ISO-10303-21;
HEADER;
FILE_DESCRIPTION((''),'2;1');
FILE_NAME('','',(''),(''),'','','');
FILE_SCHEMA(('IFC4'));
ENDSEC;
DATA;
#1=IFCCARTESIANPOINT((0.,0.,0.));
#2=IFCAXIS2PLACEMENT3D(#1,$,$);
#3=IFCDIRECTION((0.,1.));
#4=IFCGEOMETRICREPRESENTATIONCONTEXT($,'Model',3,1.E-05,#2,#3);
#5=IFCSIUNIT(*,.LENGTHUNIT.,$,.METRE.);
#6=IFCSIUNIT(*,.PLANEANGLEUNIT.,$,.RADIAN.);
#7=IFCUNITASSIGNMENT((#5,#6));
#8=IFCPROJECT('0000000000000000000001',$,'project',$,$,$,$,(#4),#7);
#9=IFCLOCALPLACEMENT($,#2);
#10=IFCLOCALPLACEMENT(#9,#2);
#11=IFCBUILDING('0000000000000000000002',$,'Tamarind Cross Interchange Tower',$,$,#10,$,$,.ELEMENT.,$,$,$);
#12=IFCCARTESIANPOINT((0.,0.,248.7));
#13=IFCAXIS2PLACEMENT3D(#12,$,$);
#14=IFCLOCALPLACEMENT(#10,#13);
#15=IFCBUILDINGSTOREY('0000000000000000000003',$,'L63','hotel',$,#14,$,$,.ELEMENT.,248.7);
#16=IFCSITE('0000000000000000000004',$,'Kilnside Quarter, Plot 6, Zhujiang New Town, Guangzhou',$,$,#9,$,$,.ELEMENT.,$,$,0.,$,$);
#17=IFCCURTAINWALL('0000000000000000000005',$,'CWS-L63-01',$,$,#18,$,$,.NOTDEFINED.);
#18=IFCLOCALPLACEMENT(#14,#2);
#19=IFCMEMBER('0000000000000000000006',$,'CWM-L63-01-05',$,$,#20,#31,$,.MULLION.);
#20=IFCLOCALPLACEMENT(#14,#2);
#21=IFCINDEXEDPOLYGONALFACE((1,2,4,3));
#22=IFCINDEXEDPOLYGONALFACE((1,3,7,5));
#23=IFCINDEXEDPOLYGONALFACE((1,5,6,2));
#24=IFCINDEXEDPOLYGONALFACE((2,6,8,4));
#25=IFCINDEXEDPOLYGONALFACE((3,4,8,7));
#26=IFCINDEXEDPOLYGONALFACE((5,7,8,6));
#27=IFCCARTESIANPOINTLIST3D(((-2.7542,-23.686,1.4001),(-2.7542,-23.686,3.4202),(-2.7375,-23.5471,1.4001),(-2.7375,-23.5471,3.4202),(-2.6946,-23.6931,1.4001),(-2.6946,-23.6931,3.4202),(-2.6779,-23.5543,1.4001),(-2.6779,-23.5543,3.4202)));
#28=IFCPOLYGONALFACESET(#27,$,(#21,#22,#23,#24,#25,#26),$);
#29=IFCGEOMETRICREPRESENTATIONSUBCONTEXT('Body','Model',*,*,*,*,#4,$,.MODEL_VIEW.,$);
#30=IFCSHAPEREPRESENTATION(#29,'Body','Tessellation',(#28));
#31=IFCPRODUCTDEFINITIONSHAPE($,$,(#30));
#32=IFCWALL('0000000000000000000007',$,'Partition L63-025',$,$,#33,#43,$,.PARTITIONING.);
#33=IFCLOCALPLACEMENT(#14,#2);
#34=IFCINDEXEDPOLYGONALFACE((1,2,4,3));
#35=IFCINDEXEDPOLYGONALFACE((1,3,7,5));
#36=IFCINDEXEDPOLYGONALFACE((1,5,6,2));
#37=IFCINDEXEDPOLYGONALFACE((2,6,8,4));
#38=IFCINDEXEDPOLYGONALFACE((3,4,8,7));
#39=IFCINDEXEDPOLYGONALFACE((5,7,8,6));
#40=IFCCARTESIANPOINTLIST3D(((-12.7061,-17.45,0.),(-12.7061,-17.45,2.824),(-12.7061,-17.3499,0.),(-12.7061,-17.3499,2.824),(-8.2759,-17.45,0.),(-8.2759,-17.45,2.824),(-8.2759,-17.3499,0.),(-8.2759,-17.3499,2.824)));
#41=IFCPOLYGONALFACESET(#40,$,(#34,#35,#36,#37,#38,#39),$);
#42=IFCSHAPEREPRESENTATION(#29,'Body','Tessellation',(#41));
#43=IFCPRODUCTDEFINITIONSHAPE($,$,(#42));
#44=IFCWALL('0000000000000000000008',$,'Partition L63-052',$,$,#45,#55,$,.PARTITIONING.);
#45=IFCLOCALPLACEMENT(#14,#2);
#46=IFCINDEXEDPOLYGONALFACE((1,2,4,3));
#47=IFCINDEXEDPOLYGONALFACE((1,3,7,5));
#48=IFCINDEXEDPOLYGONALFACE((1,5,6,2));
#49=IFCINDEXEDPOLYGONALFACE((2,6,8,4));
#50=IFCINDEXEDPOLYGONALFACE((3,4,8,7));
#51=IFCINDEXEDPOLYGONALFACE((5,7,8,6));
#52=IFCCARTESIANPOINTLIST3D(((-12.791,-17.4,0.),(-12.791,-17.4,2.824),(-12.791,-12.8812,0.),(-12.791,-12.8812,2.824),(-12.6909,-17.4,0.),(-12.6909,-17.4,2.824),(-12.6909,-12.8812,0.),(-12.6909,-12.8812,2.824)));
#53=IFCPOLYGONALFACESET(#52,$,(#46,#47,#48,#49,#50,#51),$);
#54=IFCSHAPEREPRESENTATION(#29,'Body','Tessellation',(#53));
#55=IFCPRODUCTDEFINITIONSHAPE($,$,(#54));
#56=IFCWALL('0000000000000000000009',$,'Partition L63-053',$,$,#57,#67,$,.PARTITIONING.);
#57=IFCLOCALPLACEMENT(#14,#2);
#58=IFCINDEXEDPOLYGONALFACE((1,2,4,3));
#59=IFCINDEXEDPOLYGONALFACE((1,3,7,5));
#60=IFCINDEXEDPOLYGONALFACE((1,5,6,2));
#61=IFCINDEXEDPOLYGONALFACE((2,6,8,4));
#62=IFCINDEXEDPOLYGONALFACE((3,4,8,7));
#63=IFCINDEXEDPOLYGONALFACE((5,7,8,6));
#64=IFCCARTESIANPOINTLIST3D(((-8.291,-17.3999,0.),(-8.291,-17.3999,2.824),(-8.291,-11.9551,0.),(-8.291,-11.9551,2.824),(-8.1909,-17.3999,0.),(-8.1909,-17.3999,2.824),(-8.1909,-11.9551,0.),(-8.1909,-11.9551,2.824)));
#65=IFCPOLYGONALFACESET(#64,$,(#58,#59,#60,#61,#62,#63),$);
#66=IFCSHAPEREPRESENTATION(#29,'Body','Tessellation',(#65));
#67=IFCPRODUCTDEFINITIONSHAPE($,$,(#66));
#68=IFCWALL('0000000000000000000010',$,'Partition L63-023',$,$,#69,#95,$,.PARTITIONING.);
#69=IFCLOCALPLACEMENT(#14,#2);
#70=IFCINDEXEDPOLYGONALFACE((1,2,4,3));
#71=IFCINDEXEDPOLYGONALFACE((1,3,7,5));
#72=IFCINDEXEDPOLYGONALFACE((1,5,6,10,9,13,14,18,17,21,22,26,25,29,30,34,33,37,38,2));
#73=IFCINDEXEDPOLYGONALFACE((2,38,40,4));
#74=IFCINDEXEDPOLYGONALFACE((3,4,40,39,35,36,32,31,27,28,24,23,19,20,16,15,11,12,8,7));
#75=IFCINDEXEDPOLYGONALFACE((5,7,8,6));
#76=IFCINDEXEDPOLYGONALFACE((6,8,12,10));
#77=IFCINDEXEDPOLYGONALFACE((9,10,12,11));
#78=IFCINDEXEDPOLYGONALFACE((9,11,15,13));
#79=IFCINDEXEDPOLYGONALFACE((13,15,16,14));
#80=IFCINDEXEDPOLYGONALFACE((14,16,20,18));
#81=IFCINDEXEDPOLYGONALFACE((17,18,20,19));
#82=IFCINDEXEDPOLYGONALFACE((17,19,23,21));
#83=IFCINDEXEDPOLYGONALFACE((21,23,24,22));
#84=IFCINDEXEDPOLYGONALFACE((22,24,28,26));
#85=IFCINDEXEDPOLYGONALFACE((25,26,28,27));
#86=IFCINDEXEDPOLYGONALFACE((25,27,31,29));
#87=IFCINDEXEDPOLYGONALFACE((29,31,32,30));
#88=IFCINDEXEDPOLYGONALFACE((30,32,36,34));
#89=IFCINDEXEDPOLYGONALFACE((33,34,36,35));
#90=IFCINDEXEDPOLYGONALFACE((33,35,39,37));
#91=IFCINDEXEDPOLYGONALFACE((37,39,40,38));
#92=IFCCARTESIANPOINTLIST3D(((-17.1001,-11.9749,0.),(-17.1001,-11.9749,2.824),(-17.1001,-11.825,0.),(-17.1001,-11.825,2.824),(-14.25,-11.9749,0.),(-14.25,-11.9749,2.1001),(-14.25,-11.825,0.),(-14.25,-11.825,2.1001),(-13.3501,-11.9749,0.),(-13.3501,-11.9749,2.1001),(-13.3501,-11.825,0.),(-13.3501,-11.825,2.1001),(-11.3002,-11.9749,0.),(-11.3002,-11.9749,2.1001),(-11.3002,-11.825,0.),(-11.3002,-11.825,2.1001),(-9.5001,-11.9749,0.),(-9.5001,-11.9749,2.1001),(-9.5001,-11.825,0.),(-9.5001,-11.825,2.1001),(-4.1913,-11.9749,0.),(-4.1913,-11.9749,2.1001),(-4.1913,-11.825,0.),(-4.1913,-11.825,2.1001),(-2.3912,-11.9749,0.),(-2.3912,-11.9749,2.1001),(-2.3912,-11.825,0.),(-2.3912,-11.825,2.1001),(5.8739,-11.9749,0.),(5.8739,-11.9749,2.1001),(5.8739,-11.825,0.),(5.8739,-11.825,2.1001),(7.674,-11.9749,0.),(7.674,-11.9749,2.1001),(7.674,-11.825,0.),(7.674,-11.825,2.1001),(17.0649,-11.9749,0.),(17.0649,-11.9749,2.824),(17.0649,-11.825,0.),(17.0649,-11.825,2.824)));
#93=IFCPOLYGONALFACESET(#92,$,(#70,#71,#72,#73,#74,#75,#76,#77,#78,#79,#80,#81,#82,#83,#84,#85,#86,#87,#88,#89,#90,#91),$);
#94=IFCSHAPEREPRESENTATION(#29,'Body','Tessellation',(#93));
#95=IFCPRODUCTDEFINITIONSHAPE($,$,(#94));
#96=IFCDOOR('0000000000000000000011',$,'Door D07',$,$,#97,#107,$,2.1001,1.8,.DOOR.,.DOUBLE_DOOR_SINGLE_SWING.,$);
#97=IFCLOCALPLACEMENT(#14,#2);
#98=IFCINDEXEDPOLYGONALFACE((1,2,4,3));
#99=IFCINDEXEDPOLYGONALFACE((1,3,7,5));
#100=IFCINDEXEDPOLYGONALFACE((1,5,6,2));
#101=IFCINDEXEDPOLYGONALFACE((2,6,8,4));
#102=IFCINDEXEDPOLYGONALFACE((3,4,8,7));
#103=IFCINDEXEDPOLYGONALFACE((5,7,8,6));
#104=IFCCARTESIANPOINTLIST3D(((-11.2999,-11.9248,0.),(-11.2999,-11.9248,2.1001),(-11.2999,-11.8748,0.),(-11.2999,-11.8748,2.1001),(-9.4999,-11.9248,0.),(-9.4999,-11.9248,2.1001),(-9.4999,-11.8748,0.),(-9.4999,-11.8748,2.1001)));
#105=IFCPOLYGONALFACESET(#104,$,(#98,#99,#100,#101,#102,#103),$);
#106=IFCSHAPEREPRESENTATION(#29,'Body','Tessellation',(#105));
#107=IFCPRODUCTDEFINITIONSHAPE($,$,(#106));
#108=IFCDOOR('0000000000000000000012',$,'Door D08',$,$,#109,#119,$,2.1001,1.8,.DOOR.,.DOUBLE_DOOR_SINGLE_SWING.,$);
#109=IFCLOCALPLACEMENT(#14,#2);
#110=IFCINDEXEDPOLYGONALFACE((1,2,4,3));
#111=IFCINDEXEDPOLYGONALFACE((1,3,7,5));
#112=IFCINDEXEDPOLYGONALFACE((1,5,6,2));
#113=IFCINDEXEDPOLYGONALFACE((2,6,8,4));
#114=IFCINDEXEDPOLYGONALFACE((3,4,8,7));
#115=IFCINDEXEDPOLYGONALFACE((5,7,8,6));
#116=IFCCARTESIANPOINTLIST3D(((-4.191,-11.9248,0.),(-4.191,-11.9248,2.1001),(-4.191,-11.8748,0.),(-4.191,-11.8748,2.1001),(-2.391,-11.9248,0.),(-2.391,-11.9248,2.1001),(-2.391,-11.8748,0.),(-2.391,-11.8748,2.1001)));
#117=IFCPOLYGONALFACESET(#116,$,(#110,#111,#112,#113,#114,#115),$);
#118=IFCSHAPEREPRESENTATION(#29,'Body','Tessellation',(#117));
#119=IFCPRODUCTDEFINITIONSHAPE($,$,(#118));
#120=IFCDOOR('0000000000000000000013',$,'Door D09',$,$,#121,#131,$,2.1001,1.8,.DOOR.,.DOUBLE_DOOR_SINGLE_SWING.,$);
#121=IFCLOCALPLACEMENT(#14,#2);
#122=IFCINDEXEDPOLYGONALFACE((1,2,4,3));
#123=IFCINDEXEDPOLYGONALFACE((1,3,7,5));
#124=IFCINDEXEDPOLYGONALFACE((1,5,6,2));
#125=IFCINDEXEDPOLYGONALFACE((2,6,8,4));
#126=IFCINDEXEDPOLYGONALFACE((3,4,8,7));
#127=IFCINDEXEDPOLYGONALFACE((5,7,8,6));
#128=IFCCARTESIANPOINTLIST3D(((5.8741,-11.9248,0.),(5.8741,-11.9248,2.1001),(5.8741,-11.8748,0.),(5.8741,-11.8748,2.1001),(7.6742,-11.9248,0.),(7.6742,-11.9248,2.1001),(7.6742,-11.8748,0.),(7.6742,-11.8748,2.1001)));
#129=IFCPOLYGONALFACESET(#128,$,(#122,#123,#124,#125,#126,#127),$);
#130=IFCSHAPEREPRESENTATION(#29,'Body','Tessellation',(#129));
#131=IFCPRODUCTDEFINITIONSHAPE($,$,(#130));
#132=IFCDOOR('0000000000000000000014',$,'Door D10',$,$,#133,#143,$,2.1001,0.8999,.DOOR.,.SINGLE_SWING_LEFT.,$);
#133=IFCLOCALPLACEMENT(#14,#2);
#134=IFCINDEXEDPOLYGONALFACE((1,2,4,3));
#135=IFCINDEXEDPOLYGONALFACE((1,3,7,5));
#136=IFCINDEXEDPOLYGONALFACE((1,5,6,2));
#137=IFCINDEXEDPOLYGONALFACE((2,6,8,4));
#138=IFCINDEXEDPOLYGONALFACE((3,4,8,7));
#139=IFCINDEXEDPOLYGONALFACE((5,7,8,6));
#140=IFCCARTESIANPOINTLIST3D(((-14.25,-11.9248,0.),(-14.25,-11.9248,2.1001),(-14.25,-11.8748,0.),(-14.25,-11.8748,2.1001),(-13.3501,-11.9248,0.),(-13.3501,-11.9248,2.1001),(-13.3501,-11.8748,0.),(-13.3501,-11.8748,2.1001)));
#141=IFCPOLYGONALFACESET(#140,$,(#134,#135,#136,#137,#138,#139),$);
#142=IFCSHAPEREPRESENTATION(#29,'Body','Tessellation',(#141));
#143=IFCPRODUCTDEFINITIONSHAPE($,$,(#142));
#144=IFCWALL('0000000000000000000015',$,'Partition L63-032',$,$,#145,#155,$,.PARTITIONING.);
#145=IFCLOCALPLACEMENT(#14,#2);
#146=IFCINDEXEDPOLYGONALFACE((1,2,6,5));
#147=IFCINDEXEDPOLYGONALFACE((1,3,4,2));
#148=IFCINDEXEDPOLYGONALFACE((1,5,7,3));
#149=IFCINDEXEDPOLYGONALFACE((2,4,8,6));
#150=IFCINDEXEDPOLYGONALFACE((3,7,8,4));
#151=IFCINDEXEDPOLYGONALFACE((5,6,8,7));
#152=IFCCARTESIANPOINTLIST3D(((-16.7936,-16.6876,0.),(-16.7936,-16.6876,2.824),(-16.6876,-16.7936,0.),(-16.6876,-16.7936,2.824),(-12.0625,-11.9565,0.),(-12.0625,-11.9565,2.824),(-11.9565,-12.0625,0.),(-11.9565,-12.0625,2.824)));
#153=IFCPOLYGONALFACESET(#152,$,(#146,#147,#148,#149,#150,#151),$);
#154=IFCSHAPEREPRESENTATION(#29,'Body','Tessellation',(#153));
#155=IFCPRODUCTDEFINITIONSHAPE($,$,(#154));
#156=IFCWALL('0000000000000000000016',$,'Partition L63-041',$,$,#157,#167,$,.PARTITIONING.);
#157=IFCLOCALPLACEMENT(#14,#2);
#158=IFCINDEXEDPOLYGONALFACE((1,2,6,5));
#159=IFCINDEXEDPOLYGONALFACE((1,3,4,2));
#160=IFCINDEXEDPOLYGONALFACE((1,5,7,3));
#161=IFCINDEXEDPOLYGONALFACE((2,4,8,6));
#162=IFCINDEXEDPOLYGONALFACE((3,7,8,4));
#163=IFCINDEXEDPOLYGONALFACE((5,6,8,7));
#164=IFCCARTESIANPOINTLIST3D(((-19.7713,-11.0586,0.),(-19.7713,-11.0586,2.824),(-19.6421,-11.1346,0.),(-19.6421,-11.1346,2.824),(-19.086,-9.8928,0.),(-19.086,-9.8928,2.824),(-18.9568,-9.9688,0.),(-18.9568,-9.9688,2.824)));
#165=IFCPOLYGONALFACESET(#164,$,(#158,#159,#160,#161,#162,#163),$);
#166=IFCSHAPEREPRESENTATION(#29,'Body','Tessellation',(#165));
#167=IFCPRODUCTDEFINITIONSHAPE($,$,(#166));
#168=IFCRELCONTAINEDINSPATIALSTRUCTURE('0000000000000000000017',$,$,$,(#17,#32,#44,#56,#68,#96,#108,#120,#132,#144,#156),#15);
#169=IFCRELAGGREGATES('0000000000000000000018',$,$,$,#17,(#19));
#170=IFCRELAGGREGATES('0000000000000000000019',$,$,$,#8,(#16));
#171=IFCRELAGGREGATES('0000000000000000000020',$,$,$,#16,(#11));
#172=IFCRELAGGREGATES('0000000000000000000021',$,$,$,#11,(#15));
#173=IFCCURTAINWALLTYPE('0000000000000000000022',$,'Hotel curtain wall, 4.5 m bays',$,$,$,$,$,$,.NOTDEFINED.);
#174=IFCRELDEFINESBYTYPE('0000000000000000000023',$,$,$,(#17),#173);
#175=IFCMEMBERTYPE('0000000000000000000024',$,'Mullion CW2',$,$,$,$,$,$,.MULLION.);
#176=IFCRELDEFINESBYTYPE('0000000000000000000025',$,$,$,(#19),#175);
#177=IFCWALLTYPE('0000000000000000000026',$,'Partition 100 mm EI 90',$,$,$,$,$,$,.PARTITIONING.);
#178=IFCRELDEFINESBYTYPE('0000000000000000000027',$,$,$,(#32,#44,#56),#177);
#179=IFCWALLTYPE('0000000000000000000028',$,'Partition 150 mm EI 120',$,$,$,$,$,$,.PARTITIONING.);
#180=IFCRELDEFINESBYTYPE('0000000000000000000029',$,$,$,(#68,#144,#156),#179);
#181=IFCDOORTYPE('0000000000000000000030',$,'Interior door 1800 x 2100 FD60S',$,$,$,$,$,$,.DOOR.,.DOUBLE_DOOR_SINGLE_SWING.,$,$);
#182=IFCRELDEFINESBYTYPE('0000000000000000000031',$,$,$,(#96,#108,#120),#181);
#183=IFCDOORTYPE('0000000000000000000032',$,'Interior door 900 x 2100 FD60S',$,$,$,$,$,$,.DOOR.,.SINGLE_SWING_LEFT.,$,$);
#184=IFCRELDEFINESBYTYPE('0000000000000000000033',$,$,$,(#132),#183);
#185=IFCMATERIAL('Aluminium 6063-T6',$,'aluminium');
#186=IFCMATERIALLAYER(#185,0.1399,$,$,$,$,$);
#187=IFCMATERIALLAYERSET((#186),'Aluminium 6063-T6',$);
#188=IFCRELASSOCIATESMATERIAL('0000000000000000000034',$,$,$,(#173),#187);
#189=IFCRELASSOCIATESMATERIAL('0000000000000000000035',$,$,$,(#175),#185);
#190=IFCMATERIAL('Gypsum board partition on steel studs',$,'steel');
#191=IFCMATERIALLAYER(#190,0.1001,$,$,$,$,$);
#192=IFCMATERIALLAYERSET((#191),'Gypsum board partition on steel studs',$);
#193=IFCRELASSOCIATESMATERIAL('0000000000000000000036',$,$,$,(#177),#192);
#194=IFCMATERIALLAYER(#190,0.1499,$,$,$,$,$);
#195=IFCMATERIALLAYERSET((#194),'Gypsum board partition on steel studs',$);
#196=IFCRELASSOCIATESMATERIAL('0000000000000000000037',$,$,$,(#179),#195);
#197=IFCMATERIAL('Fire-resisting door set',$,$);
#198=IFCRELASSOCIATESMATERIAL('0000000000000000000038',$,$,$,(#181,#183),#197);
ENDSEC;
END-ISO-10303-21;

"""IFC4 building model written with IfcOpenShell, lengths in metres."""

from ifc_helpers import new_model, si_unit, direction, frame, frame_2d, origin, origin_2d, place, context, subcontext, project, spatial, rectangle, extrude, material, layer, layer_set, material_profile, profile_set, type_object, element, fill, aggregate, save


model = new_model("IFC4")

# Units and contexts
model_context = context("Model", 3, precision=1e-05, world=origin(), true_north=direction((0.0, 1.0)))
body_context = subcontext(model_context, "Body", "Model", "MODEL_VIEW")
ifc_project = project(units=[si_unit("LENGTHUNIT", "METRE"), si_unit("PLANEANGLEUNIT", "RADIAN")], contexts=[model_context])

# Site, building, storey
site_placement = place(None, origin())
site = spatial("IfcSite", under=ifc_project, at=site_placement, Name="Kilnside Quarter, Plot 6, Zhujiang New Town, Guangzhou", CompositionType="ELEMENT", RefElevation=0.0)
building_placement = place(site_placement, origin())
building = spatial("IfcBuilding", under=site, at=building_placement, Name="Tamarind Cross Interchange Tower", CompositionType="ELEMENT")
storey_placement = place(building_placement, frame((0.0, 0.0, 248.7)))
storey = spatial("IfcBuildingStorey", under=building, at=storey_placement, Name="L63", Description="hotel", CompositionType="ELEMENT", Elevation=248.7)

# Curtain wall, member
ifc_material_1 = material(Name="Aluminium 6063-T6", Category="aluminium")
ifc_layer_1 = layer(ifc_material_1, 0.1399)
ifc_layer_set_1 = layer_set([ifc_layer_1], Name="Aluminium 6063-T6")
curtain_wall_type = type_object("IfcCurtainWallType", Name="Hotel curtain wall, 4.5 m bays", PredefinedType="NOTDEFINED", material=ifc_layer_set_1)
curtain_wall_placement = place(storey_placement, origin())
curtain_wall = element("IfcCurtainWall", 1, at=curtain_wall_placement, inside=storey, type_object=curtain_wall_type, Name="CWS-L63-01", PredefinedType="NOTDEFINED")
ifc_material_profile_1 = material_profile(ifc_material_1, rectangle(XDim=0.0601, YDim=0.1399, at=origin_2d()), Name="Mullion CW2")
ifc_profile_set_1 = profile_set([ifc_material_profile_1], Name="Aluminium 6063-T6")
member_type = type_object("IfcMemberType", Name="Mullion CW2", PredefinedType="MULLION", material=ifc_profile_set_1)
member_1_placement = place(storey_placement, frame((-2.7161, -23.6201, 1.4001), z_axis=(0.0, 0.0, 1.0), x_axis=(0.992844, -0.119421, 0.0)))
member_1 = element("IfcMember", 2, at=member_1_placement, type_object=member_type, Name="CWM-L63-01-05", PredefinedType="MULLION", context=body_context, shape_type="SweptSolid", body=[
    extrude(rectangle(XDim=0.0601, YDim=0.1399, at=origin_2d()), origin(), (0.0, 0.0, 1.0), 2.02),
])
aggregate(curtain_wall, [member_1])

# Walls
ifc_material_2 = material(Name="Gypsum board partition on steel studs", Category="steel")
ifc_layer_2 = layer(ifc_material_2, 0.1001)
ifc_layer_set_2 = layer_set([ifc_layer_2], Name="Gypsum board partition on steel studs")
wall_type_1 = type_object("IfcWallType", Name="Partition 100 mm EI 90", PredefinedType="PARTITIONING", material=ifc_layer_set_2)
wall_1_placement = place(storey_placement, frame((-12.7061, -17.3999, 0.0), z_axis=(0.0, 0.0, 1.0), x_axis=(1.0, 0.0, 0.0)))
element("IfcWall", 3, at=wall_1_placement, inside=storey, type_object=wall_type_1, Name="Partition L63-025", PredefinedType="PARTITIONING", context=body_context, shape_type="SweptSolid", body=[
    extrude(rectangle(XDim=4.4302, YDim=0.1001, at=frame_2d((2.2151, 0.0))), origin(), (0.0, 0.0, 1.0), 2.824),
])
wall_2_placement = place(storey_placement, frame((-12.741, -17.3999, 0.0), z_axis=(0.0, 0.0, 1.0), x_axis=(0.0, 1.0, 0.0)))
element("IfcWall", 4, at=wall_2_placement, inside=storey, type_object=wall_type_1, Name="Partition L63-052", PredefinedType="PARTITIONING", context=body_context, shape_type="SweptSolid", body=[
    extrude(rectangle(XDim=4.5188, YDim=0.1001, at=frame_2d((2.2593, 0.0))), origin(), (0.0, 0.0, 1.0), 2.824),
])
wall_3_placement = place(storey_placement, frame((-8.241, -17.3999, 0.0), z_axis=(0.0, 0.0, 1.0), x_axis=(0.0, 1.0, 0.0)))
element("IfcWall", 5, at=wall_3_placement, inside=storey, type_object=wall_type_1, Name="Partition L63-053", PredefinedType="PARTITIONING", context=body_context, shape_type="SweptSolid", body=[
    extrude(rectangle(XDim=5.4448, YDim=0.1001, at=frame_2d((2.7224, 0.0))), origin(), (0.0, 0.0, 1.0), 2.824),
])

# Wall, openings, doors
ifc_layer_3 = layer(ifc_material_2, 0.1499)
ifc_layer_set_3 = layer_set([ifc_layer_3], Name="Gypsum board partition on steel studs")
wall_type_2 = type_object("IfcWallType", Name="Partition 150 mm EI 120", PredefinedType="PARTITIONING", material=ifc_layer_set_3)
wall_4_placement = place(storey_placement, frame((-17.1001, -11.8999, 0.0), z_axis=(0.0, 0.0, 1.0), x_axis=(1.0, 0.0, 0.0)))
wall_4 = element("IfcWall", 6, at=wall_4_placement, inside=storey, type_object=wall_type_2, Name="Partition L63-023", PredefinedType="PARTITIONING", context=body_context, shape_type="SweptSolid", body=[
    extrude(rectangle(XDim=34.165, YDim=0.1499, at=frame_2d((17.0825, 0.0))), origin(), (0.0, 0.0, 1.0), 2.824),
])
opening_1_placement = place(wall_4_placement, frame((5.8, 0.0, 0.0)))
opening_1 = element("IfcOpeningElement", 7, at=opening_1_placement, cuts=wall_4, PredefinedType="OPENING", context=body_context, shape_type="SweptSolid", body=[
    extrude(rectangle(XDim=1.8, YDim=2.1001, at=frame_2d((0.8999, 1.05))), frame((0.0, 0.085, 0.0), z_axis=(0.0, -1.0, 0.0), x_axis=(1.0, 0.0, 0.0)), (0.0, 0.0, 1.0), 0.1699),
])
opening_2_placement = place(wall_4_placement, frame((12.9089, 0.0, 0.0)))
opening_2 = element("IfcOpeningElement", 8, at=opening_2_placement, cuts=wall_4, PredefinedType="OPENING", context=body_context, shape_type="SweptSolid", body=[
    extrude(rectangle(XDim=1.8, YDim=2.1001, at=frame_2d((0.8999, 1.05))), frame((0.0, 0.085, 0.0), z_axis=(0.0, -1.0, 0.0), x_axis=(1.0, 0.0, 0.0)), (0.0, 0.0, 1.0), 0.1699),
])
opening_3_placement = place(wall_4_placement, frame((22.9741, 0.0, 0.0)))
opening_3 = element("IfcOpeningElement", 9, at=opening_3_placement, cuts=wall_4, PredefinedType="OPENING", context=body_context, shape_type="SweptSolid", body=[
    extrude(rectangle(XDim=1.8, YDim=2.1001, at=frame_2d((0.8999, 1.05))), frame((0.0, 0.085, 0.0), z_axis=(0.0, -1.0, 0.0), x_axis=(1.0, 0.0, 0.0)), (0.0, 0.0, 1.0), 0.1699),
])
opening_4_placement = place(wall_4_placement, frame((2.8501, 0.0, 0.0)))
opening_4 = element("IfcOpeningElement", 10, at=opening_4_placement, cuts=wall_4, PredefinedType="OPENING", context=body_context, shape_type="SweptSolid", body=[
    extrude(rectangle(XDim=0.8999, YDim=2.1001, at=frame_2d((0.45, 1.05))), frame((0.0, 0.085, 0.0), z_axis=(0.0, -1.0, 0.0), x_axis=(1.0, 0.0, 0.0)), (0.0, 0.0, 1.0), 0.1699),
])
ifc_material_3 = material(Name="Fire-resisting door set")
door_type_1 = type_object("IfcDoorType", Name="Interior door 1800 x 2100 FD60S", OperationType="DOUBLE_DOOR_SINGLE_SWING", PredefinedType="DOOR", material=ifc_material_3)
door_1_placement = place(opening_1_placement, frame((1.8, 0.0, 0.0), z_axis=(0.0, 0.0, 1.0), x_axis=(-1.0, 0.0, 0.0)))
door_1 = element("IfcDoor", 11, at=door_1_placement, inside=storey, type_object=door_type_1, Name="Door D07", OperationType="DOUBLE_DOOR_SINGLE_SWING", OverallHeight=2.1001, OverallWidth=1.8, PredefinedType="DOOR", context=body_context, shape_type="SweptSolid", body=[
    extrude(rectangle(XDim=1.8, YDim=2.1001, at=frame_2d((0.8999, 1.05))), frame((0.0, 0.0249, 0.0), z_axis=(0.0, -1.0, 0.0), x_axis=(1.0, 0.0, 0.0)), (0.0, 0.0, 1.0), 0.05),
])
fill(opening_1, door_1)
door_2_placement = place(opening_2_placement, frame((1.8, 0.0, 0.0), z_axis=(0.0, 0.0, 1.0), x_axis=(-1.0, 0.0, 0.0)))
door_2 = element("IfcDoor", 12, at=door_2_placement, inside=storey, type_object=door_type_1, Name="Door D08", OperationType="DOUBLE_DOOR_SINGLE_SWING", OverallHeight=2.1001, OverallWidth=1.8, PredefinedType="DOOR", context=body_context, shape_type="SweptSolid", body=[
    extrude(rectangle(XDim=1.8, YDim=2.1001, at=frame_2d((0.8999, 1.05))), frame((0.0, 0.0249, 0.0), z_axis=(0.0, -1.0, 0.0), x_axis=(1.0, 0.0, 0.0)), (0.0, 0.0, 1.0), 0.05),
])
fill(opening_2, door_2)
door_3_placement = place(opening_3_placement, frame((1.8, 0.0, 0.0), z_axis=(0.0, 0.0, 1.0), x_axis=(-1.0, 0.0, 0.0)))
door_3 = element("IfcDoor", 13, at=door_3_placement, inside=storey, type_object=door_type_1, Name="Door D09", OperationType="DOUBLE_DOOR_SINGLE_SWING", OverallHeight=2.1001, OverallWidth=1.8, PredefinedType="DOOR", context=body_context, shape_type="SweptSolid", body=[
    extrude(rectangle(XDim=1.8, YDim=2.1001, at=frame_2d((0.8999, 1.05))), frame((0.0, 0.0249, 0.0), z_axis=(0.0, -1.0, 0.0), x_axis=(1.0, 0.0, 0.0)), (0.0, 0.0, 1.0), 0.05),
])
fill(opening_3, door_3)
door_type_2 = type_object("IfcDoorType", Name="Interior door 900 x 2100 FD60S", OperationType="SINGLE_SWING_LEFT", PredefinedType="DOOR", material=ifc_material_3)
door_4_placement = place(opening_4_placement, frame((0.8999, 0.0, 0.0), z_axis=(0.0, 0.0, 1.0), x_axis=(-1.0, 0.0, 0.0)))
door_4 = element("IfcDoor", 14, at=door_4_placement, inside=storey, type_object=door_type_2, Name="Door D10", OperationType="SINGLE_SWING_LEFT", OverallHeight=2.1001, OverallWidth=0.8999, PredefinedType="DOOR", context=body_context, shape_type="SweptSolid", body=[
    extrude(rectangle(XDim=0.8999, YDim=2.1001, at=frame_2d((0.45, 1.05))), frame((0.0, 0.0249, 0.0), z_axis=(0.0, -1.0, 0.0), x_axis=(1.0, 0.0, 0.0)), (0.0, 0.0, 1.0), 0.05),
])
fill(opening_4, door_4)

# Walls
wall_5_placement = place(storey_placement, frame((-16.7405, -16.7405, 0.0), z_axis=(0.0, 0.0, 1.0), x_axis=(0.707107, 0.707107, 0.0)))
element("IfcWall", 15, at=wall_5_placement, inside=storey, type_object=wall_type_2, Name="Partition L63-032", PredefinedType="PARTITIONING", context=body_context, shape_type="SweptSolid", body=[
    extrude(rectangle(XDim=6.6907, YDim=0.1499, at=frame_2d((3.3452, 0.0))), origin(), (0.0, 0.0, 1.0), 2.824),
])
wall_6_placement = place(storey_placement, frame((-19.7068, -11.0967, 0.0), z_axis=(0.0, 0.0, 1.0), x_axis=(0.506776, 0.862078, 0.0)))
element("IfcWall", 16, at=wall_6_placement, inside=storey, type_object=wall_type_2, Name="Partition L63-041", PredefinedType="PARTITIONING", context=body_context, shape_type="SweptSolid", body=[
    extrude(rectangle(XDim=1.3523, YDim=0.1499, at=frame_2d((0.6763, 0.0))), origin(), (0.0, 0.0, 1.0), 2.824),
])

save(model, "model.ifc")
